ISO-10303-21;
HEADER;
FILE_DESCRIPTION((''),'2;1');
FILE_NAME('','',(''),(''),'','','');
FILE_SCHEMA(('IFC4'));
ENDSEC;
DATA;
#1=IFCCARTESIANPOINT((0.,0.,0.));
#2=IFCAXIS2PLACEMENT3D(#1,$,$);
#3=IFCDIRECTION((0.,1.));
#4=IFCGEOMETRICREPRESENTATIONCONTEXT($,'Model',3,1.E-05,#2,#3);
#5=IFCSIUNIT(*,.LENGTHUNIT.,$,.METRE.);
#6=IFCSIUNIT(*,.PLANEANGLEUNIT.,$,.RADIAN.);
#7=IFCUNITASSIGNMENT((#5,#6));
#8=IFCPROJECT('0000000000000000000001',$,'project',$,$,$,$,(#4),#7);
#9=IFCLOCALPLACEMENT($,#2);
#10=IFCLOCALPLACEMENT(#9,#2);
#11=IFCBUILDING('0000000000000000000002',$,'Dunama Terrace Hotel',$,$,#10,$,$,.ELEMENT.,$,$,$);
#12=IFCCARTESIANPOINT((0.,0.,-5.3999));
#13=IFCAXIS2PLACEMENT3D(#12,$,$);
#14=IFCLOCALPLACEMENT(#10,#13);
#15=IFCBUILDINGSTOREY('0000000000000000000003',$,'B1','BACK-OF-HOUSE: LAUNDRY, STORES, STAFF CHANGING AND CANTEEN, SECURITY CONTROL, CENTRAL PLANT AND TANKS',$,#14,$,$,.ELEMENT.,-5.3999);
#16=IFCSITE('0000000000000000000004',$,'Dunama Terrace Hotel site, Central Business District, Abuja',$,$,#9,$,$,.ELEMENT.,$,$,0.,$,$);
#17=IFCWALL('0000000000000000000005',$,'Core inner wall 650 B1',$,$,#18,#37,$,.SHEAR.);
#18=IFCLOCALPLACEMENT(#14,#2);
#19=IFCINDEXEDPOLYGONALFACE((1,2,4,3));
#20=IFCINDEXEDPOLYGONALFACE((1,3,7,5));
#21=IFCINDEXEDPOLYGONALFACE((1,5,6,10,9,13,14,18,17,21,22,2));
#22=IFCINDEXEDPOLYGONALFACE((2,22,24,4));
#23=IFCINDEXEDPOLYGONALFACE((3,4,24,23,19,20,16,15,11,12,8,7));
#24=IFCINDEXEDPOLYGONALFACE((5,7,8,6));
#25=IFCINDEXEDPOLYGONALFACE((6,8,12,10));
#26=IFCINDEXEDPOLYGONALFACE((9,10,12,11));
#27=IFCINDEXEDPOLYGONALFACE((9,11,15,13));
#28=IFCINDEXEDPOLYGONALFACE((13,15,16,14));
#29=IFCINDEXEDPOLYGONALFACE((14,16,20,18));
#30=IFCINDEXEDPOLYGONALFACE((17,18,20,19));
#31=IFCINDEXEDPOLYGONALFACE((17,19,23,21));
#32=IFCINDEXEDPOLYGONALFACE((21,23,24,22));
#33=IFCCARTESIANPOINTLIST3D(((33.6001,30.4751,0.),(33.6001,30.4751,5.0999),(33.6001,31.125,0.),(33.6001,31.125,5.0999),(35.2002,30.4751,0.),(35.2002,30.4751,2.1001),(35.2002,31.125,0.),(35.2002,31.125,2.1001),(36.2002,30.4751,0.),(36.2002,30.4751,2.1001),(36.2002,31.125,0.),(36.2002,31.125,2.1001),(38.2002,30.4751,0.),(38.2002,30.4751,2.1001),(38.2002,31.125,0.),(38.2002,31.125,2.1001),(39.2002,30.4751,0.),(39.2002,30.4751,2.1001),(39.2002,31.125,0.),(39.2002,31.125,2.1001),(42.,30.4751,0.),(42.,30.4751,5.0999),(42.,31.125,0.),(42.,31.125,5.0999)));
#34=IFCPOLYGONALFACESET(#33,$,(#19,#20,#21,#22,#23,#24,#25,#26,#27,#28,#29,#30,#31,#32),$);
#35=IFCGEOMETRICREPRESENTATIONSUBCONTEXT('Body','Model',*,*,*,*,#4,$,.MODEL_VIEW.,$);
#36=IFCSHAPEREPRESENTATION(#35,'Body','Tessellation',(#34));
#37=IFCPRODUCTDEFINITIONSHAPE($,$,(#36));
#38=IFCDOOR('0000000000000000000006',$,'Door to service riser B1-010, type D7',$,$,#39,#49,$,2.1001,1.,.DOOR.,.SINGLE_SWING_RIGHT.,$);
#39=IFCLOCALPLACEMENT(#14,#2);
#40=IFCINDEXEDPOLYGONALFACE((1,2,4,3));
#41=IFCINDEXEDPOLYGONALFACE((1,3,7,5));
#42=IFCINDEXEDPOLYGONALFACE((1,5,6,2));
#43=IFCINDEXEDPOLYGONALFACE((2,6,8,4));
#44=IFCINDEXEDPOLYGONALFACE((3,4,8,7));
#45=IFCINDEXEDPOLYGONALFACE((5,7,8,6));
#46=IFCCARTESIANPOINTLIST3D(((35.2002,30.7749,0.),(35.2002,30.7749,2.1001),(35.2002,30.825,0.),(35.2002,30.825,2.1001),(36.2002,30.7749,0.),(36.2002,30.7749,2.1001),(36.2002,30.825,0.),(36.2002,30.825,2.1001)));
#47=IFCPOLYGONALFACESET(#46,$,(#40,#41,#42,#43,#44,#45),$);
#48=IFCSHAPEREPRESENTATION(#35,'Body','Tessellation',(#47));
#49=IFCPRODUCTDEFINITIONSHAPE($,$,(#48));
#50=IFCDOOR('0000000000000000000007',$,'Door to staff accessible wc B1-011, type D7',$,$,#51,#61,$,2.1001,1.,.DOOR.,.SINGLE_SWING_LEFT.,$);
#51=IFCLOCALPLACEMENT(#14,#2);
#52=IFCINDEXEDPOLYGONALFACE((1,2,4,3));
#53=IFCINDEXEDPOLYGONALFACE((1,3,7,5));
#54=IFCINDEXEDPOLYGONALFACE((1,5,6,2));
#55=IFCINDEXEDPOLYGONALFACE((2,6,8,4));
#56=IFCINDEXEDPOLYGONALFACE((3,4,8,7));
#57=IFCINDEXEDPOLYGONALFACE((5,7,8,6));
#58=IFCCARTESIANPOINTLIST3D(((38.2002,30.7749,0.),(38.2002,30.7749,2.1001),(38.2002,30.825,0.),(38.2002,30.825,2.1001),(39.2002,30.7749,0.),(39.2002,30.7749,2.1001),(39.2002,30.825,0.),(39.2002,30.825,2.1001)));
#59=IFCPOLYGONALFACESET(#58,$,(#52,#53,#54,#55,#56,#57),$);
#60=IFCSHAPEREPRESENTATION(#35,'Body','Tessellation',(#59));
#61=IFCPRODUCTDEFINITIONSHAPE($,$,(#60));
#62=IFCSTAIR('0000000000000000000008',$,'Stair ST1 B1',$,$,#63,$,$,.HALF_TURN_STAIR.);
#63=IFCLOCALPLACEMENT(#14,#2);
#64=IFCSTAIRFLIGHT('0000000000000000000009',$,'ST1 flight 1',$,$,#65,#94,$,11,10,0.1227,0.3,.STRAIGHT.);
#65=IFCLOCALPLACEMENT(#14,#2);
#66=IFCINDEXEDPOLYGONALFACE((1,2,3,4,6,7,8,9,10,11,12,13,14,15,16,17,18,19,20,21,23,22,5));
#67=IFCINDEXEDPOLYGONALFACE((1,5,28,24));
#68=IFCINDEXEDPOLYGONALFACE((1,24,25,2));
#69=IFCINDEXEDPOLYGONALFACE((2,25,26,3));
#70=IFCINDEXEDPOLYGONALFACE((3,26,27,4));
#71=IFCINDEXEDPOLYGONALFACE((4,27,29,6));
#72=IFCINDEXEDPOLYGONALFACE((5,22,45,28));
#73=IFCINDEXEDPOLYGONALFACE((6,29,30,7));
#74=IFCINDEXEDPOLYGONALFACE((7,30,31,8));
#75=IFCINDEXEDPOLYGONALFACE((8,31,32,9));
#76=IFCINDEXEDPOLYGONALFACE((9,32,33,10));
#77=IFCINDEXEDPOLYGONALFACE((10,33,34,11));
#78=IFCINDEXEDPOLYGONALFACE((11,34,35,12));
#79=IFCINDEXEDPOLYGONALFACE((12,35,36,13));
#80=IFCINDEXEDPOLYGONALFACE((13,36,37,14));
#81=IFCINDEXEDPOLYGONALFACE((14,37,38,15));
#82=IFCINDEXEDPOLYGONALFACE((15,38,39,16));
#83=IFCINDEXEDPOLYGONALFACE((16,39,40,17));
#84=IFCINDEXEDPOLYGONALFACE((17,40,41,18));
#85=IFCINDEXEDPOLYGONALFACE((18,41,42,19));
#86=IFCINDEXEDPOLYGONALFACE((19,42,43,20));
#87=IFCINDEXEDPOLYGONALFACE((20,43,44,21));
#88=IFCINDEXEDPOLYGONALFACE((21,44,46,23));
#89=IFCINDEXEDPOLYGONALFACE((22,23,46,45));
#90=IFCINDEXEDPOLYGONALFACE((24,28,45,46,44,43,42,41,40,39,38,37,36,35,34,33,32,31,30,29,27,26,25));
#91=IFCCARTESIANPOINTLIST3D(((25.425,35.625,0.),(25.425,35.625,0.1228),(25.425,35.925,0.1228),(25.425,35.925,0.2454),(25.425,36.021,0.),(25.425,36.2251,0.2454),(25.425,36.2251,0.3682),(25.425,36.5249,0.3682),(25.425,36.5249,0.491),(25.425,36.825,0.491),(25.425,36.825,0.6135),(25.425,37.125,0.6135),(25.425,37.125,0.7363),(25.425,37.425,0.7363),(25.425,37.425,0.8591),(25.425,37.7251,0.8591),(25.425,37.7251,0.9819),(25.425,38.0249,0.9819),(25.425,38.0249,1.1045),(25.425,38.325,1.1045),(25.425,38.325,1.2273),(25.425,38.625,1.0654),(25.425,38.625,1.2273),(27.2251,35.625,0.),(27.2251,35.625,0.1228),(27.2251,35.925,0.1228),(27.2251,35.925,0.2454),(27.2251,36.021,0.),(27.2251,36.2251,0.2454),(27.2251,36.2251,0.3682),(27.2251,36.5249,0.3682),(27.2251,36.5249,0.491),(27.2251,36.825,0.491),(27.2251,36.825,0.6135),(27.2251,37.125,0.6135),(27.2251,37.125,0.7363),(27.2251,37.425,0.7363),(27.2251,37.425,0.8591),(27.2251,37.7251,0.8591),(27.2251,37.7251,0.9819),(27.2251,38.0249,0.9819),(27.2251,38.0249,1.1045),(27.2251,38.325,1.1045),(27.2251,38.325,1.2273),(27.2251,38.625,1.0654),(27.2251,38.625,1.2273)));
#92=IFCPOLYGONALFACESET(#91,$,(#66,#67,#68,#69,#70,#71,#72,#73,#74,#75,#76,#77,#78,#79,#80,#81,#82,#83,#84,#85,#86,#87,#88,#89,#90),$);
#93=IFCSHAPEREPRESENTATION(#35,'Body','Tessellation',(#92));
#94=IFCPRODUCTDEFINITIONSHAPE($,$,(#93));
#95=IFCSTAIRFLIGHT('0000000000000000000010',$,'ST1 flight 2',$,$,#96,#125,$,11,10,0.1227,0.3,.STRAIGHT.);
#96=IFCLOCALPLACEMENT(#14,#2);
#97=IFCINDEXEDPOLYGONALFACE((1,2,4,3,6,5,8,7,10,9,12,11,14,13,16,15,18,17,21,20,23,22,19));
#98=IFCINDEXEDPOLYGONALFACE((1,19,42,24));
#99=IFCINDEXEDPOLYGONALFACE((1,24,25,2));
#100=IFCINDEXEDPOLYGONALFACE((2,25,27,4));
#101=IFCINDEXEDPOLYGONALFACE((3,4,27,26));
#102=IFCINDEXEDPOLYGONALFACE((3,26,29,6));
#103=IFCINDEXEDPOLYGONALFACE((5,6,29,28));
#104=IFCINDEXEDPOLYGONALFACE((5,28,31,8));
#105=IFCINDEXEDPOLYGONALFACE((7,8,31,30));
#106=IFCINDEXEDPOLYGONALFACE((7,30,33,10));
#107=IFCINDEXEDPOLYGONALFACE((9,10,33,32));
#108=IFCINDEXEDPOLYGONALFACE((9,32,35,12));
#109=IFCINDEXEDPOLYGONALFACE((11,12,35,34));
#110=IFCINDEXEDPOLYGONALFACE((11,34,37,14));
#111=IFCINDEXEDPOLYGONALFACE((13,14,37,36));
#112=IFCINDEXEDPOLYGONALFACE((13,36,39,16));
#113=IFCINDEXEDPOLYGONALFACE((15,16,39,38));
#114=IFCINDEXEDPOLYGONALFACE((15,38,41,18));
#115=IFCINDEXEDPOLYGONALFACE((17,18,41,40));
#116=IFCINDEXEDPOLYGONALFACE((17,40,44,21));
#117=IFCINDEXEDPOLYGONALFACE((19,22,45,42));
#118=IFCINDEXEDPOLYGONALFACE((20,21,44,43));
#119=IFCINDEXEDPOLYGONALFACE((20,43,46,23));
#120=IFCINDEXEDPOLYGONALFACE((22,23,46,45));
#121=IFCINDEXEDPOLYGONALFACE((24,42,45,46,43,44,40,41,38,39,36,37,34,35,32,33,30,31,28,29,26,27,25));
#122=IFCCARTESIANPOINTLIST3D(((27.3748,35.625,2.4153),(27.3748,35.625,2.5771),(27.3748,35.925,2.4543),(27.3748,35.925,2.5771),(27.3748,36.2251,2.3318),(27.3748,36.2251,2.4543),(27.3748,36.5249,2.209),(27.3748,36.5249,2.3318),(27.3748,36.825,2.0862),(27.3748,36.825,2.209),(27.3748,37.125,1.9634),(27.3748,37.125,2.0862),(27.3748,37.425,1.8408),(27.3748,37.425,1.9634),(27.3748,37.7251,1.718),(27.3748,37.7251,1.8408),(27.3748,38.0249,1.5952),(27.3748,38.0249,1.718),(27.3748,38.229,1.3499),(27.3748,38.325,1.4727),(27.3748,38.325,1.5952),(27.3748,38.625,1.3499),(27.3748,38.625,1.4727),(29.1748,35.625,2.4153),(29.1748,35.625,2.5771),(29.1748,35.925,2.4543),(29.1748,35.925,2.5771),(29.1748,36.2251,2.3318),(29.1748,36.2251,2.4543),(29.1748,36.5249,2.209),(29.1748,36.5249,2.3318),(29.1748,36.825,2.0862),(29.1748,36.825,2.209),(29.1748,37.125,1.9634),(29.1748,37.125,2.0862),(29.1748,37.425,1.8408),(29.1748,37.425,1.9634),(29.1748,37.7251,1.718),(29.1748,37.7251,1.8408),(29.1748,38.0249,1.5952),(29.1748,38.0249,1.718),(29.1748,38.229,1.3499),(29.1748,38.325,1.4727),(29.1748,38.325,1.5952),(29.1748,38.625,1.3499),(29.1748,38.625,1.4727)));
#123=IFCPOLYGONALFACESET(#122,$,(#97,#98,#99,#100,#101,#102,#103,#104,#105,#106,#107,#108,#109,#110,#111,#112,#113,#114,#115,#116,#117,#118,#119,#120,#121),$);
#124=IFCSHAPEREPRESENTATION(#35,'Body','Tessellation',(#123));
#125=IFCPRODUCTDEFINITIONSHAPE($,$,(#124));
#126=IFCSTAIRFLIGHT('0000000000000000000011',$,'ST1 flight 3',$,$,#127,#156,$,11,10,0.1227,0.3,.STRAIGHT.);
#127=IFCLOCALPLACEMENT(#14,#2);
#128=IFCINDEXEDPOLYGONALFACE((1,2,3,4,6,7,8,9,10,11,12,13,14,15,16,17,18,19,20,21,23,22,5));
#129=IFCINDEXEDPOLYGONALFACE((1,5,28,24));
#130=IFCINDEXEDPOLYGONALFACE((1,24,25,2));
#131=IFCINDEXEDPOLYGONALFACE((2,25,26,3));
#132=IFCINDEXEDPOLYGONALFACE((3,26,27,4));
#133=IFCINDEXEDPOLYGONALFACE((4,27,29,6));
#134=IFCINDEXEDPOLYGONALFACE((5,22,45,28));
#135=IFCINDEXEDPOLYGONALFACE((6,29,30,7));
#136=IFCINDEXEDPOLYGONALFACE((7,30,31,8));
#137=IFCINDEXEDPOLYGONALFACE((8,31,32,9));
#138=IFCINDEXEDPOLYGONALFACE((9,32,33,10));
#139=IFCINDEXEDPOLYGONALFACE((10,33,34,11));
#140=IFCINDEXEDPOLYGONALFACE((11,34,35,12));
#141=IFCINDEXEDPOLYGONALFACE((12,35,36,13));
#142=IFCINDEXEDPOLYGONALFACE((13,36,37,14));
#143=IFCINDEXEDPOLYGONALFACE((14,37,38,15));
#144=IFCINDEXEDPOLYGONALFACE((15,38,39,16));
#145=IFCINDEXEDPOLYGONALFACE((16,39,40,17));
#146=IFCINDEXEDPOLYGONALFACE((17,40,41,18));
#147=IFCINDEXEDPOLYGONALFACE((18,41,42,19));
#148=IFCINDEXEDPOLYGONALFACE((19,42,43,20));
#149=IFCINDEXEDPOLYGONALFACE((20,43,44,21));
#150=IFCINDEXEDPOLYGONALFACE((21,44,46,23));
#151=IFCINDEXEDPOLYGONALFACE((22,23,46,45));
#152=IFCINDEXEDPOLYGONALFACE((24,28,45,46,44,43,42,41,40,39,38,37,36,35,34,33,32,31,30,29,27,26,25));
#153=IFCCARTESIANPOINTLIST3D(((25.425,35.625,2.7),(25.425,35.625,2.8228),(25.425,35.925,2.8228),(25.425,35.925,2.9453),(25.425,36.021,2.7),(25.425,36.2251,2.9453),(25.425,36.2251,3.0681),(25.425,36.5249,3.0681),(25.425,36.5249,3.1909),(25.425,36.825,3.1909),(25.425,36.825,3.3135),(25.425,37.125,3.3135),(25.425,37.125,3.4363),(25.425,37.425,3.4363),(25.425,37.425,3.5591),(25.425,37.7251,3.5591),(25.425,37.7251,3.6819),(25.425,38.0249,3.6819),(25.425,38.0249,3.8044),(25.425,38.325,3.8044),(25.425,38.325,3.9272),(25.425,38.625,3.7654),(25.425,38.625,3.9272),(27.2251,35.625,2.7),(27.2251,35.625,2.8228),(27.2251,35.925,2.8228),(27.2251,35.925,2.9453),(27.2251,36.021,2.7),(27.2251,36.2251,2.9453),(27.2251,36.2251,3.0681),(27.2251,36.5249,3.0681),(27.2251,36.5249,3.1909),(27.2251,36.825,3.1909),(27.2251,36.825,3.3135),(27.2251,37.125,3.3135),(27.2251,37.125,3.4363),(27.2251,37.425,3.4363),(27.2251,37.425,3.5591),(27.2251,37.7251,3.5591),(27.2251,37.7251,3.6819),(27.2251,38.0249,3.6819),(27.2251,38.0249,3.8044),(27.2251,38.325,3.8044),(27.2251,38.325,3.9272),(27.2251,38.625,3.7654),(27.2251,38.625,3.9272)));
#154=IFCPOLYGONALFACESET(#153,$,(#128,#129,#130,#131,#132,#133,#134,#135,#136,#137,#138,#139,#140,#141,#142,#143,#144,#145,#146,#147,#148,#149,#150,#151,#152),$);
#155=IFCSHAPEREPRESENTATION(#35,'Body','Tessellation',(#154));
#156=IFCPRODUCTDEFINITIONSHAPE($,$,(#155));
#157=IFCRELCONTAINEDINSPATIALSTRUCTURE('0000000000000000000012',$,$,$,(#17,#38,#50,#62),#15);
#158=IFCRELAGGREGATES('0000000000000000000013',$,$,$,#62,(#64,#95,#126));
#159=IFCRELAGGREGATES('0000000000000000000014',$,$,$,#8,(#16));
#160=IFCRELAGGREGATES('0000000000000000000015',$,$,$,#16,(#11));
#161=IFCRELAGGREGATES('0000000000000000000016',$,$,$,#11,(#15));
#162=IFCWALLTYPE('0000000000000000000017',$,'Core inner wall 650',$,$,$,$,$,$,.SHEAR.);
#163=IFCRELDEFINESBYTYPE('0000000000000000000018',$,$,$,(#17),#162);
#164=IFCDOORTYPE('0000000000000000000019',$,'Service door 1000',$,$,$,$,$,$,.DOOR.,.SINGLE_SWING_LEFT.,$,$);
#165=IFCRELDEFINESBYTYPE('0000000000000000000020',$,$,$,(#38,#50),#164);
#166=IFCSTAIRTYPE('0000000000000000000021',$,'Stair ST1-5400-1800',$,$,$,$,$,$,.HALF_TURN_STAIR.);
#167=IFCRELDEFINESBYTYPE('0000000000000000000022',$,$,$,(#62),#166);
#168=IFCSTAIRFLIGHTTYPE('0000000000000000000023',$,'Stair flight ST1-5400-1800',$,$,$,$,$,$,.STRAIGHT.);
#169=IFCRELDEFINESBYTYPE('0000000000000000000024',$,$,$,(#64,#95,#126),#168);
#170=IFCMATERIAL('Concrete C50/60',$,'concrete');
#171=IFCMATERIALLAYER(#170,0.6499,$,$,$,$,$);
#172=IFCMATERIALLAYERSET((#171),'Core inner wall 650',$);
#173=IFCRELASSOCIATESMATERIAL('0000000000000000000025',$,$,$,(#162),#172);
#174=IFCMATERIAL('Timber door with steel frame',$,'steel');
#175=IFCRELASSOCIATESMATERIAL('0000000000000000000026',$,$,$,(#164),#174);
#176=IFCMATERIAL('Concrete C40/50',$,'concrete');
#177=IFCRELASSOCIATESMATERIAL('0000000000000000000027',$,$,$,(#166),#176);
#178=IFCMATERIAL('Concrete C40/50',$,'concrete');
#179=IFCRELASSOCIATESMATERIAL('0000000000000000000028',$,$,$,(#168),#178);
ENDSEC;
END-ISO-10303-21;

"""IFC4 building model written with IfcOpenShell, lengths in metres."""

from ifc_helpers import new_model, si_unit, direction, frame, frame_2d, origin, place, context, subcontext, project, spatial, polyline, rectangle, outline, extrude, material, layer, layer_set, type_object, element, fill, aggregate, save


model = new_model("IFC4")

# Units and contexts
model_context = context("Model", 3, precision=1e-05, world=origin(), true_north=direction((0.0, 1.0)))
body_context = subcontext(model_context, "Body", "Model", "MODEL_VIEW")
ifc_project = project(units=[si_unit("LENGTHUNIT", "METRE"), si_unit("PLANEANGLEUNIT", "RADIAN")], contexts=[model_context])

# Site, building, storey
site_placement = place(None, origin())
site = spatial("IfcSite", under=ifc_project, at=site_placement, Name="Dunama Terrace Hotel site, Central Business District, Abuja", CompositionType="ELEMENT", RefElevation=0.0)
building_placement = place(site_placement, origin())
building = spatial("IfcBuilding", under=site, at=building_placement, Name="Dunama Terrace Hotel", CompositionType="ELEMENT")
storey_placement = place(building_placement, frame((0.0, 0.0, -5.3999)))
storey = spatial("IfcBuildingStorey", under=building, at=storey_placement, Name="B1", Description="BACK-OF-HOUSE: LAUNDRY, STORES, STAFF CHANGING AND CANTEEN, SECURITY CONTROL, CENTRAL PLANT AND TANKS", CompositionType="ELEMENT", Elevation=-5.3999)

# Wall, openings, doors
ifc_material_1 = material(Name="Concrete C50/60", Category="concrete")
ifc_layer_1 = layer(ifc_material_1, 0.6499)
ifc_layer_set_1 = layer_set([ifc_layer_1], Name="Core inner wall 650")
wall_type_1 = type_object("IfcWallType", Name="Core inner wall 650", PredefinedType="SHEAR", material=ifc_layer_set_1)
wall_1_placement = place(storey_placement, frame((33.6001, 30.8, 0.0), z_axis=(0.0, 0.0, 1.0), x_axis=(1.0, 0.0, 0.0)))
wall_1 = element("IfcWall", 1, at=wall_1_placement, inside=storey, type_object=wall_type_1, Name="Core inner wall 650 B1", PredefinedType="SHEAR", context=body_context, shape_type="SweptSolid", body=[
    extrude(rectangle(XDim=8.3999, YDim=0.6499, at=frame_2d((4.2, 0.0))), origin(), (0.0, 0.0, 1.0), 5.0999),
])
opening_1_placement = place(wall_1_placement, frame((1.6001, 0.0, 0.0)))
opening_1 = element("IfcOpeningElement", 2, at=opening_1_placement, cuts=wall_1, PredefinedType="OPENING", context=body_context, shape_type="SweptSolid", body=[
    extrude(rectangle(XDim=1.0, YDim=2.1001, at=frame_2d((0.5, 1.05))), frame((0.0, 0.335, 0.0), z_axis=(0.0, -1.0, 0.0), x_axis=(1.0, 0.0, 0.0)), (0.0, 0.0, 1.0), 0.6699),
])
opening_2_placement = place(wall_1_placement, frame((4.6001, 0.0, 0.0)))
opening_2 = element("IfcOpeningElement", 3, at=opening_2_placement, cuts=wall_1, PredefinedType="OPENING", context=body_context, shape_type="SweptSolid", body=[
    extrude(rectangle(XDim=1.0, YDim=2.1001, at=frame_2d((0.5, 1.05))), frame((0.0, 0.335, 0.0), z_axis=(0.0, -1.0, 0.0), x_axis=(1.0, 0.0, 0.0)), (0.0, 0.0, 1.0), 0.6699),
])
ifc_material_2 = material(Name="Timber door with steel frame", Category="steel")
door_type_1 = type_object("IfcDoorType", Name="Service door 1000", OperationType="SINGLE_SWING_LEFT", PredefinedType="DOOR", material=ifc_material_2)
door_1_placement = place(opening_1_placement, origin())
door_1 = element("IfcDoor", 4, at=door_1_placement, inside=storey, type_object=door_type_1, Name="Door to service riser B1-010, type D7", OperationType="SINGLE_SWING_RIGHT", OverallHeight=2.1001, OverallWidth=1.0, PredefinedType="DOOR", context=body_context, shape_type="SweptSolid", body=[
    extrude(rectangle(XDim=1.0, YDim=2.1001, at=frame_2d((0.5, 1.05))), frame((0.0, 0.0249, 0.0), z_axis=(0.0, -1.0, 0.0), x_axis=(1.0, 0.0, 0.0)), (0.0, 0.0, 1.0), 0.05),
])
fill(opening_1, door_1)
door_2_placement = place(opening_2_placement, origin())
door_2 = element("IfcDoor", 5, at=door_2_placement, inside=storey, type_object=door_type_1, Name="Door to staff accessible wc B1-011, type D7", OperationType="SINGLE_SWING_LEFT", OverallHeight=2.1001, OverallWidth=1.0, PredefinedType="DOOR", context=body_context, shape_type="SweptSolid", body=[
    extrude(rectangle(XDim=1.0, YDim=2.1001, at=frame_2d((0.5, 1.05))), frame((0.0, 0.0249, 0.0), z_axis=(0.0, -1.0, 0.0), x_axis=(1.0, 0.0, 0.0)), (0.0, 0.0, 1.0), 0.05),
])
fill(opening_2, door_2)

# Stair, stair flights
ifc_material_3 = material(Name="Concrete C40/50", Category="concrete")
stair_type = type_object("IfcStairType", Name="Stair ST1-5400-1800", PredefinedType="HALF_TURN_STAIR", material=ifc_material_3)
stair_placement = place(storey_placement, origin())
stair = element("IfcStair", 6, at=stair_placement, inside=storey, type_object=stair_type, Name="Stair ST1 B1", PredefinedType="HALF_TURN_STAIR")
ifc_material_4 = material(Name="Concrete C40/50", Category="concrete")
stair_flight_type = type_object("IfcStairFlightType", Name="Stair flight ST1-5400-1800", PredefinedType="STRAIGHT", material=ifc_material_4)
stair_flight_1_placement = place(storey_placement, frame((26.325, 35.625, 0.0), z_axis=(0.0, 0.0, 1.0), x_axis=(0.0, 1.0, 0.0)))
stair_flight_1 = element("IfcStairFlight", 7, at=stair_flight_1_placement, type_object=stair_flight_type, Name="ST1 flight 1", NumberOfRisers=11, NumberOfTreads=10, PredefinedType="STRAIGHT", RiserHeight=0.1227, TreadLength=0.3, context=body_context, shape_type="SweptSolid", body=[
    extrude(outline(polyline([(0.0, 0.0), (0.0, 0.1228), (0.3, 0.1228), (0.3, 0.2454), (0.6001, 0.2454), (0.6001, 0.3682), (0.8999, 0.3682), (0.8999, 0.491), (1.2, 0.491), (1.2, 0.6135), (1.5, 0.6135), (1.5, 0.7363), (1.8, 0.7363), (1.8, 0.8591), (2.1001, 0.8591), (2.1001, 0.9819), (2.3999, 0.9819), (2.3999, 1.1045), (2.7, 1.1045), (2.7, 1.2273), (3.0, 1.2273), (3.0, 1.3501), (3.0, 1.0654), (0.396, 0.0), (0.0, 0.0)])), frame((0.0, 0.8999, 0.0), z_axis=(0.0, -1.0, 0.0), x_axis=(1.0, 0.0, 0.0)), (0.0, 0.0, 1.0), 1.8),
])
stair_flight_2_placement = place(storey_placement, frame((28.2749, 38.625, 1.3499), z_axis=(0.0, 0.0, 1.0), x_axis=(0.0, -1.0, 0.0)))
stair_flight_2 = element("IfcStairFlight", 8, at=stair_flight_2_placement, type_object=stair_flight_type, Name="ST1 flight 2", NumberOfRisers=11, NumberOfTreads=10, PredefinedType="STRAIGHT", RiserHeight=0.1227, TreadLength=0.3, context=body_context, shape_type="SweptSolid", body=[
    extrude(outline(polyline([(0.0, 0.0), (0.0, 0.1228), (0.3, 0.1228), (0.3, 0.2454), (0.6001, 0.2454), (0.6001, 0.3682), (0.8999, 0.3682), (0.8999, 0.491), (1.2, 0.491), (1.2, 0.6135), (1.5, 0.6135), (1.5, 0.7363), (1.8, 0.7363), (1.8, 0.8591), (2.1001, 0.8591), (2.1001, 0.9819), (2.3999, 0.9819), (2.3999, 1.1045), (2.7, 1.1045), (2.7, 1.2273), (3.0, 1.2273), (3.0, 1.3501), (3.0, 1.0654), (0.396, 0.0), (0.0, 0.0)])), frame((0.0, 0.8999, 0.0), z_axis=(0.0, -1.0, 0.0), x_axis=(1.0, 0.0, 0.0)), (0.0, 0.0, 1.0), 1.8),
])
stair_flight_3_placement = place(storey_placement, frame((26.325, 35.625, 2.7), z_axis=(0.0, 0.0, 1.0), x_axis=(0.0, 1.0, 0.0)))
stair_flight_3 = element("IfcStairFlight", 9, at=stair_flight_3_placement, type_object=stair_flight_type, Name="ST1 flight 3", NumberOfRisers=11, NumberOfTreads=10, PredefinedType="STRAIGHT", RiserHeight=0.1227, TreadLength=0.3, context=body_context, shape_type="SweptSolid", body=[
    extrude(outline(polyline([(0.0, 0.0), (0.0, 0.1228), (0.3, 0.1228), (0.3, 0.2454), (0.6001, 0.2454), (0.6001, 0.3682), (0.8999, 0.3682), (0.8999, 0.491), (1.2, 0.491), (1.2, 0.6135), (1.5, 0.6135), (1.5, 0.7363), (1.8, 0.7363), (1.8, 0.8591), (2.1001, 0.8591), (2.1001, 0.9819), (2.3999, 0.9819), (2.3999, 1.1045), (2.7, 1.1045), (2.7, 1.2273), (3.0, 1.2273), (3.0, 1.3501), (3.0, 1.0654), (0.396, 0.0), (0.0, 0.0)])), frame((0.0, 0.8999, 0.0), z_axis=(0.0, -1.0, 0.0), x_axis=(1.0, 0.0, 0.0)), (0.0, 0.0, 1.0), 1.8),
])
aggregate(stair, [stair_flight_1, stair_flight_2, stair_flight_3])

save(model, "model.ifc")
